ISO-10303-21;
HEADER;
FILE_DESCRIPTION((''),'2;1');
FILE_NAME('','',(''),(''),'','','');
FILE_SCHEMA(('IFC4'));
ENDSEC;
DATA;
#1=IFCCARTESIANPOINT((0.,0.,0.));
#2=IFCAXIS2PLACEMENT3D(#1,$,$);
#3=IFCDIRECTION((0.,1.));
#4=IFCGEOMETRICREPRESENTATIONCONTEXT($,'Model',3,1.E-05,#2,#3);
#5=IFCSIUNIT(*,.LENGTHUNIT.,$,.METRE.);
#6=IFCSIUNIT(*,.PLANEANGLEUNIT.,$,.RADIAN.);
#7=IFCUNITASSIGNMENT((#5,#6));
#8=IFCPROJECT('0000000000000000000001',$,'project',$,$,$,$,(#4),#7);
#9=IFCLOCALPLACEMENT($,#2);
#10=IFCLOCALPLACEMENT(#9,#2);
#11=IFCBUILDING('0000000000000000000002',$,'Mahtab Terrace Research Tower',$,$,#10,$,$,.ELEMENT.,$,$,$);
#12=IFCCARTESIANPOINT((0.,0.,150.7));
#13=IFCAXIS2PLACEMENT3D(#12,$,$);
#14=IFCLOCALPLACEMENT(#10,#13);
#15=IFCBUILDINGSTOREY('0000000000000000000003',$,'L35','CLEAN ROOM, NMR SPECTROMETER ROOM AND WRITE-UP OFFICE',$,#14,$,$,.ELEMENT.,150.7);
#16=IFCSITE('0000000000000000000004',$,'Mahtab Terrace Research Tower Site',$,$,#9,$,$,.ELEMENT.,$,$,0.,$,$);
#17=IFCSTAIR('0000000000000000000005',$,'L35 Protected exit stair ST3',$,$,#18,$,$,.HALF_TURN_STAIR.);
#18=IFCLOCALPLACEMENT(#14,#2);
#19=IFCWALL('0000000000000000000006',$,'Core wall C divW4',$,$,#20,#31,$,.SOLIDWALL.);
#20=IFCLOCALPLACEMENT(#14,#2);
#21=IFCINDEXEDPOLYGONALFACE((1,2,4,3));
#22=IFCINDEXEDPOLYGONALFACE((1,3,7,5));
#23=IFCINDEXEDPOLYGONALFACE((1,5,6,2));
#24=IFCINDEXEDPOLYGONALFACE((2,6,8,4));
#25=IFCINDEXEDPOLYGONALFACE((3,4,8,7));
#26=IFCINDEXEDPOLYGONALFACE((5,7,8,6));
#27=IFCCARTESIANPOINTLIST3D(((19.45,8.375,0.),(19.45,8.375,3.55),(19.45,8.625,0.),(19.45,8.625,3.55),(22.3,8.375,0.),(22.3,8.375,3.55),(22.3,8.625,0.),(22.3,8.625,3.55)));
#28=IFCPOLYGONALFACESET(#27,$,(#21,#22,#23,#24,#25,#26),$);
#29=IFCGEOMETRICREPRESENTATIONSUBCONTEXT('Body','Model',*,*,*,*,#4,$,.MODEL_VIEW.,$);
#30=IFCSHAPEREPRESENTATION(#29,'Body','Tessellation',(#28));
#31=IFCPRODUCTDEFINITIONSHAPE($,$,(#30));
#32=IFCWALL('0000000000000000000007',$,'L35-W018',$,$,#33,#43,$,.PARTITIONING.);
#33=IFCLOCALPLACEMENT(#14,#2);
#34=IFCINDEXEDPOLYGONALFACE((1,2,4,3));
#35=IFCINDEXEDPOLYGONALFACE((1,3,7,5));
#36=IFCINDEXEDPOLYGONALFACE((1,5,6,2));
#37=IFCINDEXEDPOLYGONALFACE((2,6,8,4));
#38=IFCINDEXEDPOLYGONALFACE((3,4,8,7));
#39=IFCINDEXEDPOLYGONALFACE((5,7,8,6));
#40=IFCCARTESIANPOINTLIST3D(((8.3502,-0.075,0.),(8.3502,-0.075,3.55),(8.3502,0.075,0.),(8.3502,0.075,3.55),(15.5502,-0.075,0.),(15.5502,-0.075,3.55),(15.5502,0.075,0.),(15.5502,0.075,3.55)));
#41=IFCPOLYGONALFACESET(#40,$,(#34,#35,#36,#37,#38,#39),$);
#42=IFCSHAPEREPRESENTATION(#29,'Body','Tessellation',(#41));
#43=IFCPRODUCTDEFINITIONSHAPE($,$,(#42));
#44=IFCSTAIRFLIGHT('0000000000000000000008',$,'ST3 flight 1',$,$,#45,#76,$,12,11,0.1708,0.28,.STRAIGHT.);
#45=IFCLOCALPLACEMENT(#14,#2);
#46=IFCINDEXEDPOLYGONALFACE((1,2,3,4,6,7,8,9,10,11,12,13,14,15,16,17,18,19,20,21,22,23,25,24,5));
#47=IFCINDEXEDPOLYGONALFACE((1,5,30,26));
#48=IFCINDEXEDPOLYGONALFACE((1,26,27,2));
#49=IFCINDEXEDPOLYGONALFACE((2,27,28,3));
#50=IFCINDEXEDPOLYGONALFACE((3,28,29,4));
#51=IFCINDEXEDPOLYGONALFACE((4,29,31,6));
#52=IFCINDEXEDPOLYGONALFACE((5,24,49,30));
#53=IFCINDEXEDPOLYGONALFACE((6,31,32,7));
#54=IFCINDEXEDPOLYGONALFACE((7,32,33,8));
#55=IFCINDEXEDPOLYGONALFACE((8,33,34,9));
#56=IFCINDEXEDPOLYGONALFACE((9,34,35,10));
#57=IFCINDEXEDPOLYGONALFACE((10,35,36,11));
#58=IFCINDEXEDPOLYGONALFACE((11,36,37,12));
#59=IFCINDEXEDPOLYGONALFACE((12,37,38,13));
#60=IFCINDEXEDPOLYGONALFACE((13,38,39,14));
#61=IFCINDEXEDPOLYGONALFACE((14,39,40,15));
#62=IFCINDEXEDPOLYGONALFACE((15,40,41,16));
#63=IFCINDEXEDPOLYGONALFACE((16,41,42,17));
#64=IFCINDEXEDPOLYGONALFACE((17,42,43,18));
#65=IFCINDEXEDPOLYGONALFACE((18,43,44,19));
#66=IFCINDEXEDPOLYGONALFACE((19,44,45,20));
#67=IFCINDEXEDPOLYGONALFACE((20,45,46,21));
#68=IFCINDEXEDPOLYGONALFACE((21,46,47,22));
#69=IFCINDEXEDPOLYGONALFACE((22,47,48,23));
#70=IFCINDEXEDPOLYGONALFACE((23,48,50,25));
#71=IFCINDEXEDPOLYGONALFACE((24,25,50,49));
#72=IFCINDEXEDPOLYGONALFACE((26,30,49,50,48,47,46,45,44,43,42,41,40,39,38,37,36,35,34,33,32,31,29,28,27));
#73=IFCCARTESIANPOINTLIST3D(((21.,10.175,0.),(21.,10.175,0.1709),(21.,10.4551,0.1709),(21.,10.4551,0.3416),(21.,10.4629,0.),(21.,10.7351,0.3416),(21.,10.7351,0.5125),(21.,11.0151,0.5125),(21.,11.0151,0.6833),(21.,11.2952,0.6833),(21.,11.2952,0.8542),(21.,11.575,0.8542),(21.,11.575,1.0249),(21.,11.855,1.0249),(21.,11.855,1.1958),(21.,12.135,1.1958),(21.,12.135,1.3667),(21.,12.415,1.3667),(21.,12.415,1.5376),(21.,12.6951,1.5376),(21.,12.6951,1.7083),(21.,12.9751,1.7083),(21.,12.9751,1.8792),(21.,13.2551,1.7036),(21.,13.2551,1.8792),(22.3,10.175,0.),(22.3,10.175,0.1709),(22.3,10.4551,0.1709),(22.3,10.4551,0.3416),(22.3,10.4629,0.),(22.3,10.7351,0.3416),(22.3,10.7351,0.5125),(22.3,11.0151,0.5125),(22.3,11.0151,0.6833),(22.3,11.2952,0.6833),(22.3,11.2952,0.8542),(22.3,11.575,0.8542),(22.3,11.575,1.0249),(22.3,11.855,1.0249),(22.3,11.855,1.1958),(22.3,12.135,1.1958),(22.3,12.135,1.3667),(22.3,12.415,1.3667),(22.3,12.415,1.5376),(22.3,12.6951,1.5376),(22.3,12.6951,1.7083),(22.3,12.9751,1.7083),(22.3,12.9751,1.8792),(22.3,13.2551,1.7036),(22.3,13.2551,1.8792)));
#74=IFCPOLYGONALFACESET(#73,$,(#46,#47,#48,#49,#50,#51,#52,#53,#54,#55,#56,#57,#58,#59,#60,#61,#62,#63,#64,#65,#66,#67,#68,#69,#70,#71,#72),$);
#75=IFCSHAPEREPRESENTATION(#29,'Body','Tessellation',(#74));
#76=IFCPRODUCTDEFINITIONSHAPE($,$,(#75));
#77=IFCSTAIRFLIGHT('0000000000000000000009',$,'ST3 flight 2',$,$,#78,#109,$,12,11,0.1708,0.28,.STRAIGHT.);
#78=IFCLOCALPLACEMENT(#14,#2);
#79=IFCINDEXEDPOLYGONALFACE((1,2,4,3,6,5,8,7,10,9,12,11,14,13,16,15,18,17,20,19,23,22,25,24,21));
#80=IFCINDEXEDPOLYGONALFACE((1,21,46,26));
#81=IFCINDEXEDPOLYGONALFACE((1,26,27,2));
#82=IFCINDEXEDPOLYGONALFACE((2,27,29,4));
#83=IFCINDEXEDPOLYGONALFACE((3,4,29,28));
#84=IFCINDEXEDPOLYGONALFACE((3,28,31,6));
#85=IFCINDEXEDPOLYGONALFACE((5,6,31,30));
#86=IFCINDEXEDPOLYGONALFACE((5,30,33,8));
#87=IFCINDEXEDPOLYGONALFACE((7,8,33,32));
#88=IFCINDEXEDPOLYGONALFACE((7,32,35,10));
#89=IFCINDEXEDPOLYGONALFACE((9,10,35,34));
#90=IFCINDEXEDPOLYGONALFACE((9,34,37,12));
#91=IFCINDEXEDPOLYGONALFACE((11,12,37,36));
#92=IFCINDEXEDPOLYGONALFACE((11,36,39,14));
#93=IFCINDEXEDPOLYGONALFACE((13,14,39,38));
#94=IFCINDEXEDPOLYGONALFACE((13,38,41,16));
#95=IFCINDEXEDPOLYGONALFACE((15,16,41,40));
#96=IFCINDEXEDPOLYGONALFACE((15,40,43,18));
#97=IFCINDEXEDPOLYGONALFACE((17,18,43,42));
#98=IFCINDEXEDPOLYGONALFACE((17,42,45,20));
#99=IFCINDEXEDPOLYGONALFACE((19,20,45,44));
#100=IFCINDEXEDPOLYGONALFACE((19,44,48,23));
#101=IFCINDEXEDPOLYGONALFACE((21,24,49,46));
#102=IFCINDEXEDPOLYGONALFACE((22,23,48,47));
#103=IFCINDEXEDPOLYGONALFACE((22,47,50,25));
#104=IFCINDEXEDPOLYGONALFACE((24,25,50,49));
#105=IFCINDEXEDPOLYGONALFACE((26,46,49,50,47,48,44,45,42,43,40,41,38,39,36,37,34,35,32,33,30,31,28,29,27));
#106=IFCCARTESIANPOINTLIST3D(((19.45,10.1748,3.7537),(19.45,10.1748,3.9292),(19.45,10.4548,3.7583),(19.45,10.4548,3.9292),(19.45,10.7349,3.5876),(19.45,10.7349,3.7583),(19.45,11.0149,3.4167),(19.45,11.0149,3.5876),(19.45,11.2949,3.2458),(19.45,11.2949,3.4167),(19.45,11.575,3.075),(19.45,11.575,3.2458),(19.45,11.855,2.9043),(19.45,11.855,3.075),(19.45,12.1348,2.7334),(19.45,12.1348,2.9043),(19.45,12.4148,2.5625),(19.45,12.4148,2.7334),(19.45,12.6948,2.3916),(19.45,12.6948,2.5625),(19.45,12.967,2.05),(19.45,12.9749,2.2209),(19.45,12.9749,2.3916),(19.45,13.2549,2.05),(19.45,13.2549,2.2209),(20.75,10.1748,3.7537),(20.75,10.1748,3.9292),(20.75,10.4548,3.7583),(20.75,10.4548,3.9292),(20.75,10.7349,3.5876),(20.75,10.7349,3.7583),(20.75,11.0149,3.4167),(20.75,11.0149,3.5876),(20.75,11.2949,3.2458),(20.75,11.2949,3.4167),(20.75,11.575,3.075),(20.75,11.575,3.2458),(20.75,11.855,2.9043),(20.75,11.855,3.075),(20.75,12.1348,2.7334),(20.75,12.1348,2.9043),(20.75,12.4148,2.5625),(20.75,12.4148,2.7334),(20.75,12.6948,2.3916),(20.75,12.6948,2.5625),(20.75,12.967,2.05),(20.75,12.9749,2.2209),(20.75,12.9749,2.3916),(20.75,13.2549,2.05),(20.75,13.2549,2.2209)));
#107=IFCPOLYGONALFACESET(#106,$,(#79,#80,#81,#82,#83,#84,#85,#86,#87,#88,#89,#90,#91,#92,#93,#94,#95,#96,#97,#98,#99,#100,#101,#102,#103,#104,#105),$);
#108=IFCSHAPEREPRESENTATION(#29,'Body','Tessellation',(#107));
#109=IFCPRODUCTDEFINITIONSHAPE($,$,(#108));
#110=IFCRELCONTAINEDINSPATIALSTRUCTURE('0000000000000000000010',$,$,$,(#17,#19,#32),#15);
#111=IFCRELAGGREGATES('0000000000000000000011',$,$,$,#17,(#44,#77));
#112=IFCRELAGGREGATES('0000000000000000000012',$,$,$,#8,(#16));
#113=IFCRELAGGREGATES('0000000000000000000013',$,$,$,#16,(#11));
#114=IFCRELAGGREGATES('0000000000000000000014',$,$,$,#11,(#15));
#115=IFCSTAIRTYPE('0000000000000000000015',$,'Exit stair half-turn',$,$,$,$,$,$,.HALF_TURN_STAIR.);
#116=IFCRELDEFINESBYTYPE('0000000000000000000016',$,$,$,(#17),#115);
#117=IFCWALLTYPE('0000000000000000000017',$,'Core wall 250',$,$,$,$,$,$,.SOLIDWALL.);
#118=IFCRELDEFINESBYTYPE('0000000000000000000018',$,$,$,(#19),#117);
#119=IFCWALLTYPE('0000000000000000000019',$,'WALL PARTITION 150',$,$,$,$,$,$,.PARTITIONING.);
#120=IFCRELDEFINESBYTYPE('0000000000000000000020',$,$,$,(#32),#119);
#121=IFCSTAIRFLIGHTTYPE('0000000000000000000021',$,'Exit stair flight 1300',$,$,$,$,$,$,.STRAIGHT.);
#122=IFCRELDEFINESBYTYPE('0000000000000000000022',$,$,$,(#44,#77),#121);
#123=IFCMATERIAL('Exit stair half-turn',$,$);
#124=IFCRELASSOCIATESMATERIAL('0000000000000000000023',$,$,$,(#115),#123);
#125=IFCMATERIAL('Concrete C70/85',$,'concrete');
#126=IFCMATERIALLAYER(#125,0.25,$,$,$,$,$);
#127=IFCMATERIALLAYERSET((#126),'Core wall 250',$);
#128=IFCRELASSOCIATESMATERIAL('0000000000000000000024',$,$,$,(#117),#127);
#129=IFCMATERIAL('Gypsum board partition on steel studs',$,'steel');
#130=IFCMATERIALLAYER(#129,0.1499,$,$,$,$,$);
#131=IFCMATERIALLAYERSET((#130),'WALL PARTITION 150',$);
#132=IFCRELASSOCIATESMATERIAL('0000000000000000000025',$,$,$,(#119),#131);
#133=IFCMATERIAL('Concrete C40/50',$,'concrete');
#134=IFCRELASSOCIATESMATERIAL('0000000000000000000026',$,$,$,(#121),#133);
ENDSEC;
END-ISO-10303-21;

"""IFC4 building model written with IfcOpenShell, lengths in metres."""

from ifc_helpers import new_model, si_unit, direction, frame, frame_2d, origin, place, context, subcontext, project, spatial, polyline, rectangle, outline, extrude, material, layer, layer_set, type_object, element, aggregate, save


model = new_model("IFC4")

# Units and contexts
model_context = context("Model", 3, precision=1e-05, world=origin(), true_north=direction((0.0, 1.0)))
body_context = subcontext(model_context, "Body", "Model", "MODEL_VIEW")
ifc_project = project(units=[si_unit("LENGTHUNIT", "METRE"), si_unit("PLANEANGLEUNIT", "RADIAN")], contexts=[model_context])

# Site, building, storey
site_placement = place(None, origin())
site = spatial("IfcSite", under=ifc_project, at=site_placement, Name="Mahtab Terrace Research Tower Site", CompositionType="ELEMENT", RefElevation=0.0)
building_placement = place(site_placement, origin())
building = spatial("IfcBuilding", under=site, at=building_placement, Name="Mahtab Terrace Research Tower", CompositionType="ELEMENT")
storey_placement = place(building_placement, frame((0.0, 0.0, 150.7)))
storey = spatial("IfcBuildingStorey", under=building, at=storey_placement, Name="L35", Description="CLEAN ROOM, NMR SPECTROMETER ROOM AND WRITE-UP OFFICE", CompositionType="ELEMENT", Elevation=150.7)

# Shared definitions
ifc_material_1 = material(Name="Concrete C70/85", Category="concrete")

# Stair
ifc_material_2 = material(Name="Exit stair half-turn")
stair_type = type_object("IfcStairType", Name="Exit stair half-turn", PredefinedType="HALF_TURN_STAIR", material=ifc_material_2)
ifc_material_3 = material(Name="Concrete C40/50", Category="concrete")
stair_1_placement = place(storey_placement, origin())
stair_1 = element("IfcStair", 1, at=stair_1_placement, inside=storey, type_object=stair_type, Name="L35 Protected exit stair ST3", PredefinedType="HALF_TURN_STAIR")

# Walls
ifc_layer_1 = layer(ifc_material_1, 0.25)
ifc_layer_set_1 = layer_set([ifc_layer_1], Name="Core wall 250")
wall_type_1 = type_object("IfcWallType", Name="Core wall 250", PredefinedType="SOLIDWALL", material=ifc_layer_set_1)
for number, where, z_axis, x_axis, name in (
    (2, (19.45, 8.5, 0.0), (0.0, 0.0, 1.0), (1.0, 0.0, 0.0), "Core wall C divW4"),
):
    element("IfcWall", number, at=place(storey_placement, frame(where, z_axis=z_axis, x_axis=x_axis)), inside=storey, type_object=wall_type_1, Name=name, PredefinedType="SOLIDWALL", context=body_context, shape_type="SweptSolid", body=[
        extrude(rectangle(XDim=2.8501, YDim=0.25, at=frame_2d((1.425, 0.0))), origin(), (0.0, 0.0, 1.0), 3.55),
    ])
ifc_material_4 = material(Name="Gypsum board partition on steel studs", Category="steel")
ifc_layer_2 = layer(ifc_material_4, 0.1499)
ifc_layer_set_2 = layer_set([ifc_layer_2], Name="WALL PARTITION 150")
wall_type_2 = type_object("IfcWallType", Name="WALL PARTITION 150", PredefinedType="PARTITIONING", material=ifc_layer_set_2)
wall_1_placement = place(storey_placement, frame((8.3501, 0.0, 0.0), z_axis=(0.0, 0.0, 1.0), x_axis=(1.0, 0.0, 0.0)))
element("IfcWall", 3, at=wall_1_placement, inside=storey, type_object=wall_type_2, Name="L35-W018", PredefinedType="PARTITIONING", context=body_context, shape_type="SweptSolid", body=[
    extrude(rectangle(XDim=7.2, YDim=0.1499, at=frame_2d((3.6001, 0.0))), origin(), (0.0, 0.0, 1.0), 3.55),
])

# Stair flights
stair_flight_type = type_object("IfcStairFlightType", Name="Exit stair flight 1300", PredefinedType="STRAIGHT", material=ifc_material_3)
stair_flight_1_placement = place(storey_placement, frame((21.6499, 10.175, 0.0), z_axis=(0.0, 0.0, 1.0), x_axis=(0.0, 1.0, 0.0)))
stair_flight_1 = element("IfcStairFlight", 4, at=stair_flight_1_placement, type_object=stair_flight_type, Name="ST3 flight 1", NumberOfRisers=12, NumberOfTreads=11, PredefinedType="STRAIGHT", RiserHeight=0.1708, TreadLength=0.28, context=body_context, shape_type="SweptSolid", body=[
    extrude(outline(polyline([(0.0, 0.0), (0.0, 0.1709), (0.28, 0.1709), (0.28, 0.3416), (0.5601, 0.3416), (0.5601, 0.5125), (0.8401, 0.5125), (0.8401, 0.6833), (1.1201, 0.6833), (1.1201, 0.8542), (1.3999, 0.8542), (1.3999, 1.0249), (1.6799, 1.0249), (1.6799, 1.1958), (1.96, 1.1958), (1.96, 1.3667), (2.24, 1.3667), (2.24, 1.5376), (2.52, 1.5376), (2.52, 1.7083), (2.8, 1.7083), (2.8, 1.8792), (3.0801, 1.8792), (3.0801, 2.05), (3.0801, 1.7036), (0.2878, 0.0), (0.0, 0.0)])), frame((0.0, 0.6499, 0.0), z_axis=(0.0, -1.0, 0.0), x_axis=(1.0, 0.0, 0.0)), (0.0, 0.0, 1.0), 1.3),
])
stair_flight_2_placement = place(storey_placement, frame((20.1001, 13.2549, 2.05), z_axis=(0.0, 0.0, 1.0), x_axis=(0.0, -1.0, 0.0)))
stair_flight_2 = element("IfcStairFlight", 5, at=stair_flight_2_placement, type_object=stair_flight_type, Name="ST3 flight 2", NumberOfRisers=12, NumberOfTreads=11, PredefinedType="STRAIGHT", RiserHeight=0.1708, TreadLength=0.28, context=body_context, shape_type="SweptSolid", body=[
    extrude(outline(polyline([(0.0, 0.0), (0.0, 0.1709), (0.28, 0.1709), (0.28, 0.3416), (0.5601, 0.3416), (0.5601, 0.5125), (0.8401, 0.5125), (0.8401, 0.6833), (1.1201, 0.6833), (1.1201, 0.8542), (1.3999, 0.8542), (1.3999, 1.0249), (1.6799, 1.0249), (1.6799, 1.1958), (1.96, 1.1958), (1.96, 1.3667), (2.24, 1.3667), (2.24, 1.5376), (2.52, 1.5376), (2.52, 1.7083), (2.8, 1.7083), (2.8, 1.8792), (3.0801, 1.8792), (3.0801, 2.05), (3.0801, 1.7036), (0.2878, 0.0), (0.0, 0.0)])), frame((0.0, 0.6499, 0.0), z_axis=(0.0, -1.0, 0.0), x_axis=(1.0, 0.0, 0.0)), (0.0, 0.0, 1.0), 1.3),
])
aggregate(stair_1, [stair_flight_1, stair_flight_2])

save(model, "model.ifc")
